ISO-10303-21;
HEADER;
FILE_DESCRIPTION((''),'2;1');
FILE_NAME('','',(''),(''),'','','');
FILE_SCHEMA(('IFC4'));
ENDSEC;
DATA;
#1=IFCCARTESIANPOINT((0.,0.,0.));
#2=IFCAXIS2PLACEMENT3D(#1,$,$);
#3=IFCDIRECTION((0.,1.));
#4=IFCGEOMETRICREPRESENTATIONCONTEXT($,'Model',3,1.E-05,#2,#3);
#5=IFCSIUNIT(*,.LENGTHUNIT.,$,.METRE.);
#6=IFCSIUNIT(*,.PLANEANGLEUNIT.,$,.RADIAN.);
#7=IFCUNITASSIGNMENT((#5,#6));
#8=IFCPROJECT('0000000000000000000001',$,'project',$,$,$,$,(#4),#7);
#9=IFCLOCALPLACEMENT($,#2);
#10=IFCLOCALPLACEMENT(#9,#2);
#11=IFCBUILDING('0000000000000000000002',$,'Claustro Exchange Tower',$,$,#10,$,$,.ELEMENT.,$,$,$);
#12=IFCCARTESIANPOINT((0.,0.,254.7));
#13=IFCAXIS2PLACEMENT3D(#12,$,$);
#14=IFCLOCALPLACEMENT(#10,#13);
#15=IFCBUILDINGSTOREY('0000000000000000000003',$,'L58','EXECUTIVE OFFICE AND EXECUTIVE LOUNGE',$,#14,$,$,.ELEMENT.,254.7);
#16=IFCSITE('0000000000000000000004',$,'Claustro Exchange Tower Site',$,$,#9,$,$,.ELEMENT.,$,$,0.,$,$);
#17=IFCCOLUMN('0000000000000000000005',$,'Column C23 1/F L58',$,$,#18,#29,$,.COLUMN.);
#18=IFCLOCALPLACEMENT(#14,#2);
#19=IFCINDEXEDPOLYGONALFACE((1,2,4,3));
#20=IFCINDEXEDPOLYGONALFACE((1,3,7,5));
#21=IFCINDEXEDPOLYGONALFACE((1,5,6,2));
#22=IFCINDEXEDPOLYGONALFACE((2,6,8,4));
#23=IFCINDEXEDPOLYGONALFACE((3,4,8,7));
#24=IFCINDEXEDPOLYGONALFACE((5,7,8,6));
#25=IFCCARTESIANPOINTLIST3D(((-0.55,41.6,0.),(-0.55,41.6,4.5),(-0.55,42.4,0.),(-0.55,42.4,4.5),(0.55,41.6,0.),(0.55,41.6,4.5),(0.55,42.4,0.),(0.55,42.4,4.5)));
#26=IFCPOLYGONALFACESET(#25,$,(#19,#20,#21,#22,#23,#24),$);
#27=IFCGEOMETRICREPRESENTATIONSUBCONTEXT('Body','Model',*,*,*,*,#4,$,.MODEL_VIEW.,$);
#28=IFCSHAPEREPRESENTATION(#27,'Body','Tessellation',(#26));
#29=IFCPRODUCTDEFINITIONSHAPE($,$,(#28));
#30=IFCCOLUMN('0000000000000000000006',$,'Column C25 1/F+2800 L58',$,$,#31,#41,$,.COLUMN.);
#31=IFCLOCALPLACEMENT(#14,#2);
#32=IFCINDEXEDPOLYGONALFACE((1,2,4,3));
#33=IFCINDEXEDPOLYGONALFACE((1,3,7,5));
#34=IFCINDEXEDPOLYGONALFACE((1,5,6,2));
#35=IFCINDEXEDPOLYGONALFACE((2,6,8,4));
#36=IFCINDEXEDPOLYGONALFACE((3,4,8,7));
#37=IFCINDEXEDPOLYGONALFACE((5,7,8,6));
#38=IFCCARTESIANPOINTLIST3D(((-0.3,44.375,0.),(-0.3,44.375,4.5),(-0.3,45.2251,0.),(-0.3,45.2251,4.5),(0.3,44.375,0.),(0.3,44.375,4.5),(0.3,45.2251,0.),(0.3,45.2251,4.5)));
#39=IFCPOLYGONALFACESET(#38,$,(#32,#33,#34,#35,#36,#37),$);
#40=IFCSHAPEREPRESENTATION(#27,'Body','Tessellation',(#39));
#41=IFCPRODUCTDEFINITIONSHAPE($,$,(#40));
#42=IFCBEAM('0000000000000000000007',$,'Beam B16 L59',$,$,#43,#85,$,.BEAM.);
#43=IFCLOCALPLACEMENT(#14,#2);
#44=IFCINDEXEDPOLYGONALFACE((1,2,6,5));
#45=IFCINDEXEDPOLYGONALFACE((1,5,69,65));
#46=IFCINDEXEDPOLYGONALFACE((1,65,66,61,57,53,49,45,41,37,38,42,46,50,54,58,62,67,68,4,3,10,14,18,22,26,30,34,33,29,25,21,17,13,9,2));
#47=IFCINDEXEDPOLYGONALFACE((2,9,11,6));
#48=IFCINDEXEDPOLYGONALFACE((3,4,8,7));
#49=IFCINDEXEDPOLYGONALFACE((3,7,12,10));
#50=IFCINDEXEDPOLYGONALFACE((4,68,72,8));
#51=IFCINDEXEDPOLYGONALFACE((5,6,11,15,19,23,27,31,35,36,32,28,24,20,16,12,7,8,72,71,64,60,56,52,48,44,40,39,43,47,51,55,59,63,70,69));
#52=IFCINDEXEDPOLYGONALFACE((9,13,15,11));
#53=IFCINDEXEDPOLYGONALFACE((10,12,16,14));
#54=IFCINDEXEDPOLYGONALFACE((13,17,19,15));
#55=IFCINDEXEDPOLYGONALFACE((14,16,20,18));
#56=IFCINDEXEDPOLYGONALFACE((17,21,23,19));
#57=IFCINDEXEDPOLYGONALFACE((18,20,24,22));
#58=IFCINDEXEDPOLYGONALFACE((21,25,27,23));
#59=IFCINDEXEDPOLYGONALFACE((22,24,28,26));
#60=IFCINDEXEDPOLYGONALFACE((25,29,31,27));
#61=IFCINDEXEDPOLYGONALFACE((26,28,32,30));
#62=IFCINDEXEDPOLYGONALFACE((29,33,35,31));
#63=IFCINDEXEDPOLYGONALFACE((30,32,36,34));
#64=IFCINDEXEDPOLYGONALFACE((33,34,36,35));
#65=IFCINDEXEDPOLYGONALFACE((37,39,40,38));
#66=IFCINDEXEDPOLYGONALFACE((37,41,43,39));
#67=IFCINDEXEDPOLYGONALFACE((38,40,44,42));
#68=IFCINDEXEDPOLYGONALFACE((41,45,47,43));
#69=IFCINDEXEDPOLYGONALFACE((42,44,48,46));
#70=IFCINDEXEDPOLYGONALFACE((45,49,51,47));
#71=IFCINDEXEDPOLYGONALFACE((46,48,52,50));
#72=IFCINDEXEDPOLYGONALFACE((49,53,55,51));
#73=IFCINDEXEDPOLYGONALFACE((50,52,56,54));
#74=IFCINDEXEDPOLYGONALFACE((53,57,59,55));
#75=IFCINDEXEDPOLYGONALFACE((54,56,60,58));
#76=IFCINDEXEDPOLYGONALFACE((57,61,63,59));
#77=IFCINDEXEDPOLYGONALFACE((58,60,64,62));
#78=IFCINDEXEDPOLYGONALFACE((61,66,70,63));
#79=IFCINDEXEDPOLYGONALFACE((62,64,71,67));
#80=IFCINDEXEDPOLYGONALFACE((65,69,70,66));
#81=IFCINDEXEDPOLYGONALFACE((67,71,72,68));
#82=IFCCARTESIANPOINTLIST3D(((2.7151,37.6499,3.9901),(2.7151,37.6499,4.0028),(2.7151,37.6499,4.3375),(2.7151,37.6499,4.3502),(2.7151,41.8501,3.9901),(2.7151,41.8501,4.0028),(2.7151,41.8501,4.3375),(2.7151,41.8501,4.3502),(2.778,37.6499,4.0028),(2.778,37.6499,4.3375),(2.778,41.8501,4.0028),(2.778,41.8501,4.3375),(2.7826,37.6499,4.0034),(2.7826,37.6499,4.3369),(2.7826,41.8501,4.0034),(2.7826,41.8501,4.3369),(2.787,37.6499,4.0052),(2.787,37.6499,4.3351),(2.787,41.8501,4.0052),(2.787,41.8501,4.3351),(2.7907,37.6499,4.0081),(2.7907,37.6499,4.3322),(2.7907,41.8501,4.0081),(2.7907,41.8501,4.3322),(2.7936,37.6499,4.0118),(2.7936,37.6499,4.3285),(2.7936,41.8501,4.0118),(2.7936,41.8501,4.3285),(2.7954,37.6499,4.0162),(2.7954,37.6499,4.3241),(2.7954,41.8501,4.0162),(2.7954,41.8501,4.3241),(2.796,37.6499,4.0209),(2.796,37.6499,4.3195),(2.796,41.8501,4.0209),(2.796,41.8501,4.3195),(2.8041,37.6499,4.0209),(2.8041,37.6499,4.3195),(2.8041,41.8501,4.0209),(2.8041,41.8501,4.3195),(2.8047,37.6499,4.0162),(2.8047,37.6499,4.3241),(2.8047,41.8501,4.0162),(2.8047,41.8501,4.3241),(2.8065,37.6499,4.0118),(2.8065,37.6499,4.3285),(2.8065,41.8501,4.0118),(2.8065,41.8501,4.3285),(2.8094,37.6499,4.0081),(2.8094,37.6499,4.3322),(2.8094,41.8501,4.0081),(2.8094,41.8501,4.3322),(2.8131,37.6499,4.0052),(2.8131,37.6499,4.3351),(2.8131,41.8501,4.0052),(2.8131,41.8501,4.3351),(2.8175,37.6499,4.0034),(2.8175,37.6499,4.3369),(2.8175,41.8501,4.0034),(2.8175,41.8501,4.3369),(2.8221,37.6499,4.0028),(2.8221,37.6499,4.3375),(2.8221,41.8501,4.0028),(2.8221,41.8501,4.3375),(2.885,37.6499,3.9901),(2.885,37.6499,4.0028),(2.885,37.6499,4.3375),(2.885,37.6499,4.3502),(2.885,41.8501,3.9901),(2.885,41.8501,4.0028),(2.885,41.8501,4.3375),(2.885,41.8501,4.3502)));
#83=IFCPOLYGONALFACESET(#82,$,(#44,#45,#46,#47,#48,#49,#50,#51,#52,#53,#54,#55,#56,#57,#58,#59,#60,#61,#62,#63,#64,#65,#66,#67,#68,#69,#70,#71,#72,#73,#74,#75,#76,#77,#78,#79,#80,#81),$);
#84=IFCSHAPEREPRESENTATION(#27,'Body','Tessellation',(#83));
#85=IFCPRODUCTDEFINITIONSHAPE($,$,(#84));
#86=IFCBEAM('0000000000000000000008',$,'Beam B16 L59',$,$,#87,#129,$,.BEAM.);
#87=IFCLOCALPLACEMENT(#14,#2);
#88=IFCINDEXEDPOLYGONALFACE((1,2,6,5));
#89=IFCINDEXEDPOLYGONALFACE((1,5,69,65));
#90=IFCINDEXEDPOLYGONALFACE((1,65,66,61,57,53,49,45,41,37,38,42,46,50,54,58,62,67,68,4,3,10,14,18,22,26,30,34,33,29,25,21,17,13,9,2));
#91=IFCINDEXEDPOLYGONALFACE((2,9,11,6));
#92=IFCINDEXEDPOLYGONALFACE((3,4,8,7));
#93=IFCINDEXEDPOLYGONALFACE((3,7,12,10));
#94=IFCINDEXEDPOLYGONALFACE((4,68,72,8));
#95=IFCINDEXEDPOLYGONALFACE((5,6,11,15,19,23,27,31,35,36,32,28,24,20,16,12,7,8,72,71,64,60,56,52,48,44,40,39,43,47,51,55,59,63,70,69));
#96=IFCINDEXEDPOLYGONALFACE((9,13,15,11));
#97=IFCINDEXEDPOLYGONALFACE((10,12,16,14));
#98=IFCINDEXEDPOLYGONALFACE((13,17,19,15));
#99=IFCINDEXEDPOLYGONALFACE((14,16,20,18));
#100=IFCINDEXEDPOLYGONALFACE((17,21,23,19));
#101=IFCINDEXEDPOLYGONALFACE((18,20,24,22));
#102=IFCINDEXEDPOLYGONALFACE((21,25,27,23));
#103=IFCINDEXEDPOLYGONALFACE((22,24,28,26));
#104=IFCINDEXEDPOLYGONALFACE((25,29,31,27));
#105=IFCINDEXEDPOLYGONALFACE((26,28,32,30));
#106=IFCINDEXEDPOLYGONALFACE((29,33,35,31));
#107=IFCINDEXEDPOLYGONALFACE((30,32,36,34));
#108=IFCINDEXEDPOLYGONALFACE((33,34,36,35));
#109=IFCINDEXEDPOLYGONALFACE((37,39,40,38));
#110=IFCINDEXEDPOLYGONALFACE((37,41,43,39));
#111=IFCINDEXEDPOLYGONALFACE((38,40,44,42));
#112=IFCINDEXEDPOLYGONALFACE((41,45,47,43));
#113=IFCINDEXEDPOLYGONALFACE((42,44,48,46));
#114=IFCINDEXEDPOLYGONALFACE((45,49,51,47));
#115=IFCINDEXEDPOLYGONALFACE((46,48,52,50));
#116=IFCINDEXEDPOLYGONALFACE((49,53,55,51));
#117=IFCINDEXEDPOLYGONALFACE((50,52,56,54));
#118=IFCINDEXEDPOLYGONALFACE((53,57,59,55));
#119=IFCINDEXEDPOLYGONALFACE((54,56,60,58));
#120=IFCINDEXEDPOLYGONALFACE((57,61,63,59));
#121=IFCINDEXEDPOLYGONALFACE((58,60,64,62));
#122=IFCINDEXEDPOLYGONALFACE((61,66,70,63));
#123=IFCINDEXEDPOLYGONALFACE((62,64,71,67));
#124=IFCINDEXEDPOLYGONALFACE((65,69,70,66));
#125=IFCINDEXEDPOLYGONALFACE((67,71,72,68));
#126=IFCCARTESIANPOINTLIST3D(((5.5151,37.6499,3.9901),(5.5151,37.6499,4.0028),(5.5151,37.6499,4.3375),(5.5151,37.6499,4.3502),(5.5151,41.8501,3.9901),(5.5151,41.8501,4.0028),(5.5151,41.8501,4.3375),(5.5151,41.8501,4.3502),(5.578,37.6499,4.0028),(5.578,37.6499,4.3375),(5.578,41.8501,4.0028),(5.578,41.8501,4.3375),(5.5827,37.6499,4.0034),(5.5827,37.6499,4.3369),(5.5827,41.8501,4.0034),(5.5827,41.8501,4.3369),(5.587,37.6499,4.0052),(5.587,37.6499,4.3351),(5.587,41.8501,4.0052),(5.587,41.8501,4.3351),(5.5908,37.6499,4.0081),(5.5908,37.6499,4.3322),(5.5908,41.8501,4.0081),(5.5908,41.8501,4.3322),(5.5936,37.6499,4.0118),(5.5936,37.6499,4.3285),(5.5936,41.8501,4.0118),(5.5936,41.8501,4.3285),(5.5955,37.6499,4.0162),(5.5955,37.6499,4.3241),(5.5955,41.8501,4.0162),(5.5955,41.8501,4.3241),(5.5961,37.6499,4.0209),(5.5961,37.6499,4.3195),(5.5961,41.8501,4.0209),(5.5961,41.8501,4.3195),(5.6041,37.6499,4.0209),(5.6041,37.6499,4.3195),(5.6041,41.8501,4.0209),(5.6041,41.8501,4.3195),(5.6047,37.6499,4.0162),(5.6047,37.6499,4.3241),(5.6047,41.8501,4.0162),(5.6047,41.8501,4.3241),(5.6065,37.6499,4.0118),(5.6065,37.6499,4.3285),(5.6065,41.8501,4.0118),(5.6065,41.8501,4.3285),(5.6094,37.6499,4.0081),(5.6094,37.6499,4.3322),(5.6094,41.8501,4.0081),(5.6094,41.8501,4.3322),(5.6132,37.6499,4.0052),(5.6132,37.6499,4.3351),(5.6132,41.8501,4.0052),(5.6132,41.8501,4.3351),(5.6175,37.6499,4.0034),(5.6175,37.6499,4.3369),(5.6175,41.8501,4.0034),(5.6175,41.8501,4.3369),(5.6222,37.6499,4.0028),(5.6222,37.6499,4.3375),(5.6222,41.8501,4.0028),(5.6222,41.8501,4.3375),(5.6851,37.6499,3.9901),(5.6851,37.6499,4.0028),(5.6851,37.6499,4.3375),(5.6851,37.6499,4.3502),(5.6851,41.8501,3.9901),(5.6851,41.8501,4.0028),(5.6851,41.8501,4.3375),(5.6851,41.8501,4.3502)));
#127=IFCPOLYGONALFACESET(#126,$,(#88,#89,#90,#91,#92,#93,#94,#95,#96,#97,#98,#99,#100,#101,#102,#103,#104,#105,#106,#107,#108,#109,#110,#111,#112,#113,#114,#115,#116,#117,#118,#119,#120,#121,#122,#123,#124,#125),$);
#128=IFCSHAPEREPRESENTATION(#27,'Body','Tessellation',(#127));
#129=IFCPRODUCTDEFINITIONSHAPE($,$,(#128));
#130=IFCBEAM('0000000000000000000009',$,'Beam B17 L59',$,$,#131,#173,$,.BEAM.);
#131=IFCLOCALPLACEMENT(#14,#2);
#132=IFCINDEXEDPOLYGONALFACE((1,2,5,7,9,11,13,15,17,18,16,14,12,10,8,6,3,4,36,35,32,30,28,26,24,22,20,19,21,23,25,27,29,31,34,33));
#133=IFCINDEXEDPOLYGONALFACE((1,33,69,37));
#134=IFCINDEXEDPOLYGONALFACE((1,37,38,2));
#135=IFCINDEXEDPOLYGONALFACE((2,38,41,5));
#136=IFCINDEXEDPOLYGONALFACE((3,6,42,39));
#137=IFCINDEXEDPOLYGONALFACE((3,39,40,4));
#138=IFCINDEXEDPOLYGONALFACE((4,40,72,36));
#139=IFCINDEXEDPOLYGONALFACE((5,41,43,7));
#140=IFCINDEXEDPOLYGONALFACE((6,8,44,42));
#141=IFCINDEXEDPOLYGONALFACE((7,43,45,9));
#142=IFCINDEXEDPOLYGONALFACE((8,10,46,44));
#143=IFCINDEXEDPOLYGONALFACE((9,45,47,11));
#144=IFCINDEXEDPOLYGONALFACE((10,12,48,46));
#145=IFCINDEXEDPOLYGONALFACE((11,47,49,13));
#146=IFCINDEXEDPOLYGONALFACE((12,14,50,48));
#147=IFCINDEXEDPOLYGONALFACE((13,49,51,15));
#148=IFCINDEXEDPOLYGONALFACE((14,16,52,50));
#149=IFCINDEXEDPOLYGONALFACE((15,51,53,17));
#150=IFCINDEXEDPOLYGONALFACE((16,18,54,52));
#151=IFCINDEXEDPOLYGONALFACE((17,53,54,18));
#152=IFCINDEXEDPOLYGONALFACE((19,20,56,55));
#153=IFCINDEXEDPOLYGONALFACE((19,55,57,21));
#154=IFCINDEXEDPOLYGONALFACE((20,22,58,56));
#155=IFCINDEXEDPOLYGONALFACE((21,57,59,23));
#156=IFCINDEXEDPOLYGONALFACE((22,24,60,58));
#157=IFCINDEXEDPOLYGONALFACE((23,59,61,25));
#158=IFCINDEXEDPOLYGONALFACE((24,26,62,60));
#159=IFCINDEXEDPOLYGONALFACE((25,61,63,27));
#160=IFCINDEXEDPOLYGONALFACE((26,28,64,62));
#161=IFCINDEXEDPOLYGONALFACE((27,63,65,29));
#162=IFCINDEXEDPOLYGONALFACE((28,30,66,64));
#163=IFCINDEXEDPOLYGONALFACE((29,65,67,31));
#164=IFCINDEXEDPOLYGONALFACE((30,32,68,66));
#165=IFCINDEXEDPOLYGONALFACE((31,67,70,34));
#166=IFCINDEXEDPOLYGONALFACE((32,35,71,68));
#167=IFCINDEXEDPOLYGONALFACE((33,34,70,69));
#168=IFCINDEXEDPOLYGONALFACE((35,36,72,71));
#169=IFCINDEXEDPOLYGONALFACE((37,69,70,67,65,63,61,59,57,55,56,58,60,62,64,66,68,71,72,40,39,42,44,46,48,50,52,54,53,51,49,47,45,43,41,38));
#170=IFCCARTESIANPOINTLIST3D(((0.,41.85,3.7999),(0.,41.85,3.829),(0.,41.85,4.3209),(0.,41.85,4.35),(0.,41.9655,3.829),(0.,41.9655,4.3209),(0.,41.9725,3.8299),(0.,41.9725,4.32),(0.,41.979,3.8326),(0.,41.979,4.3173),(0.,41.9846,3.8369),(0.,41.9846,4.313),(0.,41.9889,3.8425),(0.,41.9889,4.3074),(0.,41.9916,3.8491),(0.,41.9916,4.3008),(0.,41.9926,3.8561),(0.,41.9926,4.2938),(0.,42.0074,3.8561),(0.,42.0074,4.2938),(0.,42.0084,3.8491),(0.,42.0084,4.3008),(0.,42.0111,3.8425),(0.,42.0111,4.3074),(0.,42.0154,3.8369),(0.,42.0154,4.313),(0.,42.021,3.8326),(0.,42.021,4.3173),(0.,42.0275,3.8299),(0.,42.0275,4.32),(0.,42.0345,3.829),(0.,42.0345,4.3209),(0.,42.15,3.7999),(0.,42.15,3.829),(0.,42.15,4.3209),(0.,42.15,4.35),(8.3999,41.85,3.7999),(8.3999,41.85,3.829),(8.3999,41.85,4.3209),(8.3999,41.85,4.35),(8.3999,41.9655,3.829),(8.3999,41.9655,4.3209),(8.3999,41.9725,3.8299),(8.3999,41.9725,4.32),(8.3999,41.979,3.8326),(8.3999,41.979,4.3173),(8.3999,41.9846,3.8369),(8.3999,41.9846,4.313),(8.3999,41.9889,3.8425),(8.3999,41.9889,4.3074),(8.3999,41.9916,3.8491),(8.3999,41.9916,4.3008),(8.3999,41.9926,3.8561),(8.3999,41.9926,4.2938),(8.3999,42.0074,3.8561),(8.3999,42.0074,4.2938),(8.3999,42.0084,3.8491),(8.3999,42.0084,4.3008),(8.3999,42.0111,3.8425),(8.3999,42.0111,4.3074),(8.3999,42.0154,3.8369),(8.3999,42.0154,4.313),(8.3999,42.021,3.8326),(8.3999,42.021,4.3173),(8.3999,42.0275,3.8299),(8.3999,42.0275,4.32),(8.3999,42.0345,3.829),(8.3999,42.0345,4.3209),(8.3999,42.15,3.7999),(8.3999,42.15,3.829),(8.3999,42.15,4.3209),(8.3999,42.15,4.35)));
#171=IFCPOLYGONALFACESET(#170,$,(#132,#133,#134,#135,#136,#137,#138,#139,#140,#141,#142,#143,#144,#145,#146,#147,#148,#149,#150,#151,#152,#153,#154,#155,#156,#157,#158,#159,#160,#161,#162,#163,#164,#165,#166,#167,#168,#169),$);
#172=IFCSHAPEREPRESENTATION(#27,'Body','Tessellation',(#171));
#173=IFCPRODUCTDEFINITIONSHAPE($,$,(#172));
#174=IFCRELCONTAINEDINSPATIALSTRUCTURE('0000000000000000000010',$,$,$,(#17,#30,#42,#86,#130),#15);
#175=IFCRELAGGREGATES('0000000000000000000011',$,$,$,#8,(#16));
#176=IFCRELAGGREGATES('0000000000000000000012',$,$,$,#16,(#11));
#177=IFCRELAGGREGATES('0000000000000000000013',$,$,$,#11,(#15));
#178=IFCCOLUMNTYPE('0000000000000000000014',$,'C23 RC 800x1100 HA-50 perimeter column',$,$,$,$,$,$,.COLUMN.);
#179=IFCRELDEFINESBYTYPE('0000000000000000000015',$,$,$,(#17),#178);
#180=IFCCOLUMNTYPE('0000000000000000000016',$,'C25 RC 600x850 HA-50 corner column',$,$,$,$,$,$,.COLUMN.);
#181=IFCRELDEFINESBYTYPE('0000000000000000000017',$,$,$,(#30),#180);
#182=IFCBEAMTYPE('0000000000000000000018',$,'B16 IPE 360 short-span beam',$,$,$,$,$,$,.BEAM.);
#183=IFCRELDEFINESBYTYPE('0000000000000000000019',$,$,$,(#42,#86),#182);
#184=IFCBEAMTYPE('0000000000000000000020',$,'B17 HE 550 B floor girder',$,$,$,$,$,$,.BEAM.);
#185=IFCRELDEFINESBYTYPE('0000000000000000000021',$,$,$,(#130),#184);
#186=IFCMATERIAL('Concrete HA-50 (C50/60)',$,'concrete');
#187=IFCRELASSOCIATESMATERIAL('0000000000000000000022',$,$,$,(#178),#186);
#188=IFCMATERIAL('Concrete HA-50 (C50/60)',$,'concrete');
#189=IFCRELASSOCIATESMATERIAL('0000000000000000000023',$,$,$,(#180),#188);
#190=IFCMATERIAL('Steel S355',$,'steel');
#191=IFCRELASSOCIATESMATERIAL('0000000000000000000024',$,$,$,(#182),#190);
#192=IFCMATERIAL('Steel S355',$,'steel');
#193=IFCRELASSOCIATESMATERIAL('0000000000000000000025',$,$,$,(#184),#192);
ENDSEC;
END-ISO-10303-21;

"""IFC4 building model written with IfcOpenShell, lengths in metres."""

from ifc_helpers import new_model, si_unit, direction, frame, origin, origin_2d, place, context, subcontext, project, spatial, rectangle, i_section, extrude, material, material_profile, profile_set, type_object, element, save


model = new_model("IFC4")

# Units and contexts
model_context = context("Model", 3, precision=1e-05, world=origin(), true_north=direction((0.0, 1.0)))
body_context = subcontext(model_context, "Body", "Model", "MODEL_VIEW")
ifc_project = project(units=[si_unit("LENGTHUNIT", "METRE"), si_unit("PLANEANGLEUNIT", "RADIAN")], contexts=[model_context])

# Site, building, storey
site_placement = place(None, origin())
site = spatial("IfcSite", under=ifc_project, at=site_placement, Name="Claustro Exchange Tower Site", CompositionType="ELEMENT", RefElevation=0.0)
building_placement = place(site_placement, origin())
building = spatial("IfcBuilding", under=site, at=building_placement, Name="Claustro Exchange Tower", CompositionType="ELEMENT")
storey_placement = place(building_placement, frame((0.0, 0.0, 254.7)))
storey = spatial("IfcBuildingStorey", under=building, at=storey_placement, Name="L58", Description="EXECUTIVE OFFICE AND EXECUTIVE LOUNGE", CompositionType="ELEMENT", Elevation=254.7)

# Columns
ifc_material_1 = material(Name="Concrete HA-50 (C50/60)", Category="concrete")
ifc_material_profile_1 = material_profile(ifc_material_1, rectangle(XDim=0.8, YDim=1.1001, at=origin_2d()), Name="RC 800x1100")
ifc_profile_set_1 = profile_set([ifc_material_profile_1], Name="Concrete HA-50 (C50/60)")
column_type_1 = type_object("IfcColumnType", Name="C23 RC 800x1100 HA-50 perimeter column", PredefinedType="COLUMN", material=ifc_profile_set_1)
column_1_placement = place(storey_placement, frame((0.0, 42.0, 0.0), z_axis=(0.0, 0.0, 1.0), x_axis=(0.0, 1.0, 0.0)))
element("IfcColumn", 1, at=column_1_placement, inside=storey, type_object=column_type_1, Name="Column C23 1/F L58", PredefinedType="COLUMN", context=body_context, shape_type="SweptSolid", body=[
    extrude(rectangle(XDim=0.8, YDim=1.1001, at=origin_2d()), origin(), (0.0, 0.0, 1.0), 4.5),
])
ifc_material_2 = material(Name="Concrete HA-50 (C50/60)", Category="concrete")
ifc_material_profile_2 = material_profile(ifc_material_2, rectangle(XDim=0.6001, YDim=0.8501, at=origin_2d()), Name="RC 600x850")
ifc_profile_set_2 = profile_set([ifc_material_profile_2], Name="Concrete HA-50 (C50/60)")
column_type_2 = type_object("IfcColumnType", Name="C25 RC 600x850 HA-50 corner column", PredefinedType="COLUMN", material=ifc_profile_set_2)
column_2_placement = place(storey_placement, frame((0.0, 44.8, 0.0), z_axis=(0.0, 0.0, 1.0), x_axis=(1.0, 0.0, 0.0)))
element("IfcColumn", 2, at=column_2_placement, inside=storey, type_object=column_type_2, Name="Column C25 1/F+2800 L58", PredefinedType="COLUMN", context=body_context, shape_type="SweptSolid", body=[
    extrude(rectangle(XDim=0.6001, YDim=0.8501, at=origin_2d()), origin(), (0.0, 0.0, 1.0), 4.5),
])

# Beams
ifc_material_3 = material(Name="Steel S355", Category="steel")
ifc_material_profile_3 = material_profile(ifc_material_3, i_section(OverallWidth=0.1699, OverallDepth=0.3601, WebThickness=0.0081, FlangeThickness=0.0127, FilletRadius=0.0181, at=origin_2d()), Name="IPE 360")
ifc_profile_set_3 = profile_set([ifc_material_profile_3], Name="Steel S355")
beam_type_1 = type_object("IfcBeamType", Name="B16 IPE 360 short-span beam", PredefinedType="BEAM", material=ifc_profile_set_3)
for number, where, z_axis, x_axis, name in (
    (3, (2.8, 37.6499, 4.1702), (0.0, 1.0, 0.0), (-1.0, 0.0, 0.0), "Beam B16 L59"),
    (4, (5.6001, 37.6499, 4.1702), (0.0, 1.0, 0.0), (-1.0, 0.0, 0.0), "Beam B16 L59"),
):
    element("IfcBeam", number, at=place(storey_placement, frame(where, z_axis=z_axis, x_axis=x_axis)), inside=storey, type_object=beam_type_1, Name=name, PredefinedType="BEAM", context=body_context, shape_type="SweptSolid", body=[
        extrude(i_section(OverallWidth=0.1699, OverallDepth=0.3601, WebThickness=0.0081, FlangeThickness=0.0127, FilletRadius=0.0181, at=origin_2d()), origin(), (0.0, 0.0, 1.0), 4.2002),
    ])
ifc_material_4 = material(Name="Steel S355", Category="steel")
ifc_material_profile_4 = material_profile(ifc_material_4, i_section(OverallWidth=0.3, OverallDepth=0.55, WebThickness=0.0149, FlangeThickness=0.0291, FilletRadius=0.0271, at=origin_2d()), Name="HE 550 B")
ifc_profile_set_4 = profile_set([ifc_material_profile_4], Name="Steel S355")
beam_type_2 = type_object("IfcBeamType", Name="B17 HE 550 B floor girder", PredefinedType="BEAM", material=ifc_profile_set_4)
beam_1_placement = place(storey_placement, frame((0.0, 42.0, 4.075), z_axis=(1.0, 0.0, 0.0), x_axis=(0.0, 1.0, 0.0)))
element("IfcBeam", 5, at=beam_1_placement, inside=storey, type_object=beam_type_2, Name="Beam B17 L59", PredefinedType="BEAM", context=body_context, shape_type="SweptSolid", body=[
    extrude(i_section(OverallWidth=0.3, OverallDepth=0.55, WebThickness=0.0149, FlangeThickness=0.0291, FilletRadius=0.0271, at=origin_2d()), origin(), (0.0, 0.0, 1.0), 8.3999),
])

save(model, "model.ifc")
